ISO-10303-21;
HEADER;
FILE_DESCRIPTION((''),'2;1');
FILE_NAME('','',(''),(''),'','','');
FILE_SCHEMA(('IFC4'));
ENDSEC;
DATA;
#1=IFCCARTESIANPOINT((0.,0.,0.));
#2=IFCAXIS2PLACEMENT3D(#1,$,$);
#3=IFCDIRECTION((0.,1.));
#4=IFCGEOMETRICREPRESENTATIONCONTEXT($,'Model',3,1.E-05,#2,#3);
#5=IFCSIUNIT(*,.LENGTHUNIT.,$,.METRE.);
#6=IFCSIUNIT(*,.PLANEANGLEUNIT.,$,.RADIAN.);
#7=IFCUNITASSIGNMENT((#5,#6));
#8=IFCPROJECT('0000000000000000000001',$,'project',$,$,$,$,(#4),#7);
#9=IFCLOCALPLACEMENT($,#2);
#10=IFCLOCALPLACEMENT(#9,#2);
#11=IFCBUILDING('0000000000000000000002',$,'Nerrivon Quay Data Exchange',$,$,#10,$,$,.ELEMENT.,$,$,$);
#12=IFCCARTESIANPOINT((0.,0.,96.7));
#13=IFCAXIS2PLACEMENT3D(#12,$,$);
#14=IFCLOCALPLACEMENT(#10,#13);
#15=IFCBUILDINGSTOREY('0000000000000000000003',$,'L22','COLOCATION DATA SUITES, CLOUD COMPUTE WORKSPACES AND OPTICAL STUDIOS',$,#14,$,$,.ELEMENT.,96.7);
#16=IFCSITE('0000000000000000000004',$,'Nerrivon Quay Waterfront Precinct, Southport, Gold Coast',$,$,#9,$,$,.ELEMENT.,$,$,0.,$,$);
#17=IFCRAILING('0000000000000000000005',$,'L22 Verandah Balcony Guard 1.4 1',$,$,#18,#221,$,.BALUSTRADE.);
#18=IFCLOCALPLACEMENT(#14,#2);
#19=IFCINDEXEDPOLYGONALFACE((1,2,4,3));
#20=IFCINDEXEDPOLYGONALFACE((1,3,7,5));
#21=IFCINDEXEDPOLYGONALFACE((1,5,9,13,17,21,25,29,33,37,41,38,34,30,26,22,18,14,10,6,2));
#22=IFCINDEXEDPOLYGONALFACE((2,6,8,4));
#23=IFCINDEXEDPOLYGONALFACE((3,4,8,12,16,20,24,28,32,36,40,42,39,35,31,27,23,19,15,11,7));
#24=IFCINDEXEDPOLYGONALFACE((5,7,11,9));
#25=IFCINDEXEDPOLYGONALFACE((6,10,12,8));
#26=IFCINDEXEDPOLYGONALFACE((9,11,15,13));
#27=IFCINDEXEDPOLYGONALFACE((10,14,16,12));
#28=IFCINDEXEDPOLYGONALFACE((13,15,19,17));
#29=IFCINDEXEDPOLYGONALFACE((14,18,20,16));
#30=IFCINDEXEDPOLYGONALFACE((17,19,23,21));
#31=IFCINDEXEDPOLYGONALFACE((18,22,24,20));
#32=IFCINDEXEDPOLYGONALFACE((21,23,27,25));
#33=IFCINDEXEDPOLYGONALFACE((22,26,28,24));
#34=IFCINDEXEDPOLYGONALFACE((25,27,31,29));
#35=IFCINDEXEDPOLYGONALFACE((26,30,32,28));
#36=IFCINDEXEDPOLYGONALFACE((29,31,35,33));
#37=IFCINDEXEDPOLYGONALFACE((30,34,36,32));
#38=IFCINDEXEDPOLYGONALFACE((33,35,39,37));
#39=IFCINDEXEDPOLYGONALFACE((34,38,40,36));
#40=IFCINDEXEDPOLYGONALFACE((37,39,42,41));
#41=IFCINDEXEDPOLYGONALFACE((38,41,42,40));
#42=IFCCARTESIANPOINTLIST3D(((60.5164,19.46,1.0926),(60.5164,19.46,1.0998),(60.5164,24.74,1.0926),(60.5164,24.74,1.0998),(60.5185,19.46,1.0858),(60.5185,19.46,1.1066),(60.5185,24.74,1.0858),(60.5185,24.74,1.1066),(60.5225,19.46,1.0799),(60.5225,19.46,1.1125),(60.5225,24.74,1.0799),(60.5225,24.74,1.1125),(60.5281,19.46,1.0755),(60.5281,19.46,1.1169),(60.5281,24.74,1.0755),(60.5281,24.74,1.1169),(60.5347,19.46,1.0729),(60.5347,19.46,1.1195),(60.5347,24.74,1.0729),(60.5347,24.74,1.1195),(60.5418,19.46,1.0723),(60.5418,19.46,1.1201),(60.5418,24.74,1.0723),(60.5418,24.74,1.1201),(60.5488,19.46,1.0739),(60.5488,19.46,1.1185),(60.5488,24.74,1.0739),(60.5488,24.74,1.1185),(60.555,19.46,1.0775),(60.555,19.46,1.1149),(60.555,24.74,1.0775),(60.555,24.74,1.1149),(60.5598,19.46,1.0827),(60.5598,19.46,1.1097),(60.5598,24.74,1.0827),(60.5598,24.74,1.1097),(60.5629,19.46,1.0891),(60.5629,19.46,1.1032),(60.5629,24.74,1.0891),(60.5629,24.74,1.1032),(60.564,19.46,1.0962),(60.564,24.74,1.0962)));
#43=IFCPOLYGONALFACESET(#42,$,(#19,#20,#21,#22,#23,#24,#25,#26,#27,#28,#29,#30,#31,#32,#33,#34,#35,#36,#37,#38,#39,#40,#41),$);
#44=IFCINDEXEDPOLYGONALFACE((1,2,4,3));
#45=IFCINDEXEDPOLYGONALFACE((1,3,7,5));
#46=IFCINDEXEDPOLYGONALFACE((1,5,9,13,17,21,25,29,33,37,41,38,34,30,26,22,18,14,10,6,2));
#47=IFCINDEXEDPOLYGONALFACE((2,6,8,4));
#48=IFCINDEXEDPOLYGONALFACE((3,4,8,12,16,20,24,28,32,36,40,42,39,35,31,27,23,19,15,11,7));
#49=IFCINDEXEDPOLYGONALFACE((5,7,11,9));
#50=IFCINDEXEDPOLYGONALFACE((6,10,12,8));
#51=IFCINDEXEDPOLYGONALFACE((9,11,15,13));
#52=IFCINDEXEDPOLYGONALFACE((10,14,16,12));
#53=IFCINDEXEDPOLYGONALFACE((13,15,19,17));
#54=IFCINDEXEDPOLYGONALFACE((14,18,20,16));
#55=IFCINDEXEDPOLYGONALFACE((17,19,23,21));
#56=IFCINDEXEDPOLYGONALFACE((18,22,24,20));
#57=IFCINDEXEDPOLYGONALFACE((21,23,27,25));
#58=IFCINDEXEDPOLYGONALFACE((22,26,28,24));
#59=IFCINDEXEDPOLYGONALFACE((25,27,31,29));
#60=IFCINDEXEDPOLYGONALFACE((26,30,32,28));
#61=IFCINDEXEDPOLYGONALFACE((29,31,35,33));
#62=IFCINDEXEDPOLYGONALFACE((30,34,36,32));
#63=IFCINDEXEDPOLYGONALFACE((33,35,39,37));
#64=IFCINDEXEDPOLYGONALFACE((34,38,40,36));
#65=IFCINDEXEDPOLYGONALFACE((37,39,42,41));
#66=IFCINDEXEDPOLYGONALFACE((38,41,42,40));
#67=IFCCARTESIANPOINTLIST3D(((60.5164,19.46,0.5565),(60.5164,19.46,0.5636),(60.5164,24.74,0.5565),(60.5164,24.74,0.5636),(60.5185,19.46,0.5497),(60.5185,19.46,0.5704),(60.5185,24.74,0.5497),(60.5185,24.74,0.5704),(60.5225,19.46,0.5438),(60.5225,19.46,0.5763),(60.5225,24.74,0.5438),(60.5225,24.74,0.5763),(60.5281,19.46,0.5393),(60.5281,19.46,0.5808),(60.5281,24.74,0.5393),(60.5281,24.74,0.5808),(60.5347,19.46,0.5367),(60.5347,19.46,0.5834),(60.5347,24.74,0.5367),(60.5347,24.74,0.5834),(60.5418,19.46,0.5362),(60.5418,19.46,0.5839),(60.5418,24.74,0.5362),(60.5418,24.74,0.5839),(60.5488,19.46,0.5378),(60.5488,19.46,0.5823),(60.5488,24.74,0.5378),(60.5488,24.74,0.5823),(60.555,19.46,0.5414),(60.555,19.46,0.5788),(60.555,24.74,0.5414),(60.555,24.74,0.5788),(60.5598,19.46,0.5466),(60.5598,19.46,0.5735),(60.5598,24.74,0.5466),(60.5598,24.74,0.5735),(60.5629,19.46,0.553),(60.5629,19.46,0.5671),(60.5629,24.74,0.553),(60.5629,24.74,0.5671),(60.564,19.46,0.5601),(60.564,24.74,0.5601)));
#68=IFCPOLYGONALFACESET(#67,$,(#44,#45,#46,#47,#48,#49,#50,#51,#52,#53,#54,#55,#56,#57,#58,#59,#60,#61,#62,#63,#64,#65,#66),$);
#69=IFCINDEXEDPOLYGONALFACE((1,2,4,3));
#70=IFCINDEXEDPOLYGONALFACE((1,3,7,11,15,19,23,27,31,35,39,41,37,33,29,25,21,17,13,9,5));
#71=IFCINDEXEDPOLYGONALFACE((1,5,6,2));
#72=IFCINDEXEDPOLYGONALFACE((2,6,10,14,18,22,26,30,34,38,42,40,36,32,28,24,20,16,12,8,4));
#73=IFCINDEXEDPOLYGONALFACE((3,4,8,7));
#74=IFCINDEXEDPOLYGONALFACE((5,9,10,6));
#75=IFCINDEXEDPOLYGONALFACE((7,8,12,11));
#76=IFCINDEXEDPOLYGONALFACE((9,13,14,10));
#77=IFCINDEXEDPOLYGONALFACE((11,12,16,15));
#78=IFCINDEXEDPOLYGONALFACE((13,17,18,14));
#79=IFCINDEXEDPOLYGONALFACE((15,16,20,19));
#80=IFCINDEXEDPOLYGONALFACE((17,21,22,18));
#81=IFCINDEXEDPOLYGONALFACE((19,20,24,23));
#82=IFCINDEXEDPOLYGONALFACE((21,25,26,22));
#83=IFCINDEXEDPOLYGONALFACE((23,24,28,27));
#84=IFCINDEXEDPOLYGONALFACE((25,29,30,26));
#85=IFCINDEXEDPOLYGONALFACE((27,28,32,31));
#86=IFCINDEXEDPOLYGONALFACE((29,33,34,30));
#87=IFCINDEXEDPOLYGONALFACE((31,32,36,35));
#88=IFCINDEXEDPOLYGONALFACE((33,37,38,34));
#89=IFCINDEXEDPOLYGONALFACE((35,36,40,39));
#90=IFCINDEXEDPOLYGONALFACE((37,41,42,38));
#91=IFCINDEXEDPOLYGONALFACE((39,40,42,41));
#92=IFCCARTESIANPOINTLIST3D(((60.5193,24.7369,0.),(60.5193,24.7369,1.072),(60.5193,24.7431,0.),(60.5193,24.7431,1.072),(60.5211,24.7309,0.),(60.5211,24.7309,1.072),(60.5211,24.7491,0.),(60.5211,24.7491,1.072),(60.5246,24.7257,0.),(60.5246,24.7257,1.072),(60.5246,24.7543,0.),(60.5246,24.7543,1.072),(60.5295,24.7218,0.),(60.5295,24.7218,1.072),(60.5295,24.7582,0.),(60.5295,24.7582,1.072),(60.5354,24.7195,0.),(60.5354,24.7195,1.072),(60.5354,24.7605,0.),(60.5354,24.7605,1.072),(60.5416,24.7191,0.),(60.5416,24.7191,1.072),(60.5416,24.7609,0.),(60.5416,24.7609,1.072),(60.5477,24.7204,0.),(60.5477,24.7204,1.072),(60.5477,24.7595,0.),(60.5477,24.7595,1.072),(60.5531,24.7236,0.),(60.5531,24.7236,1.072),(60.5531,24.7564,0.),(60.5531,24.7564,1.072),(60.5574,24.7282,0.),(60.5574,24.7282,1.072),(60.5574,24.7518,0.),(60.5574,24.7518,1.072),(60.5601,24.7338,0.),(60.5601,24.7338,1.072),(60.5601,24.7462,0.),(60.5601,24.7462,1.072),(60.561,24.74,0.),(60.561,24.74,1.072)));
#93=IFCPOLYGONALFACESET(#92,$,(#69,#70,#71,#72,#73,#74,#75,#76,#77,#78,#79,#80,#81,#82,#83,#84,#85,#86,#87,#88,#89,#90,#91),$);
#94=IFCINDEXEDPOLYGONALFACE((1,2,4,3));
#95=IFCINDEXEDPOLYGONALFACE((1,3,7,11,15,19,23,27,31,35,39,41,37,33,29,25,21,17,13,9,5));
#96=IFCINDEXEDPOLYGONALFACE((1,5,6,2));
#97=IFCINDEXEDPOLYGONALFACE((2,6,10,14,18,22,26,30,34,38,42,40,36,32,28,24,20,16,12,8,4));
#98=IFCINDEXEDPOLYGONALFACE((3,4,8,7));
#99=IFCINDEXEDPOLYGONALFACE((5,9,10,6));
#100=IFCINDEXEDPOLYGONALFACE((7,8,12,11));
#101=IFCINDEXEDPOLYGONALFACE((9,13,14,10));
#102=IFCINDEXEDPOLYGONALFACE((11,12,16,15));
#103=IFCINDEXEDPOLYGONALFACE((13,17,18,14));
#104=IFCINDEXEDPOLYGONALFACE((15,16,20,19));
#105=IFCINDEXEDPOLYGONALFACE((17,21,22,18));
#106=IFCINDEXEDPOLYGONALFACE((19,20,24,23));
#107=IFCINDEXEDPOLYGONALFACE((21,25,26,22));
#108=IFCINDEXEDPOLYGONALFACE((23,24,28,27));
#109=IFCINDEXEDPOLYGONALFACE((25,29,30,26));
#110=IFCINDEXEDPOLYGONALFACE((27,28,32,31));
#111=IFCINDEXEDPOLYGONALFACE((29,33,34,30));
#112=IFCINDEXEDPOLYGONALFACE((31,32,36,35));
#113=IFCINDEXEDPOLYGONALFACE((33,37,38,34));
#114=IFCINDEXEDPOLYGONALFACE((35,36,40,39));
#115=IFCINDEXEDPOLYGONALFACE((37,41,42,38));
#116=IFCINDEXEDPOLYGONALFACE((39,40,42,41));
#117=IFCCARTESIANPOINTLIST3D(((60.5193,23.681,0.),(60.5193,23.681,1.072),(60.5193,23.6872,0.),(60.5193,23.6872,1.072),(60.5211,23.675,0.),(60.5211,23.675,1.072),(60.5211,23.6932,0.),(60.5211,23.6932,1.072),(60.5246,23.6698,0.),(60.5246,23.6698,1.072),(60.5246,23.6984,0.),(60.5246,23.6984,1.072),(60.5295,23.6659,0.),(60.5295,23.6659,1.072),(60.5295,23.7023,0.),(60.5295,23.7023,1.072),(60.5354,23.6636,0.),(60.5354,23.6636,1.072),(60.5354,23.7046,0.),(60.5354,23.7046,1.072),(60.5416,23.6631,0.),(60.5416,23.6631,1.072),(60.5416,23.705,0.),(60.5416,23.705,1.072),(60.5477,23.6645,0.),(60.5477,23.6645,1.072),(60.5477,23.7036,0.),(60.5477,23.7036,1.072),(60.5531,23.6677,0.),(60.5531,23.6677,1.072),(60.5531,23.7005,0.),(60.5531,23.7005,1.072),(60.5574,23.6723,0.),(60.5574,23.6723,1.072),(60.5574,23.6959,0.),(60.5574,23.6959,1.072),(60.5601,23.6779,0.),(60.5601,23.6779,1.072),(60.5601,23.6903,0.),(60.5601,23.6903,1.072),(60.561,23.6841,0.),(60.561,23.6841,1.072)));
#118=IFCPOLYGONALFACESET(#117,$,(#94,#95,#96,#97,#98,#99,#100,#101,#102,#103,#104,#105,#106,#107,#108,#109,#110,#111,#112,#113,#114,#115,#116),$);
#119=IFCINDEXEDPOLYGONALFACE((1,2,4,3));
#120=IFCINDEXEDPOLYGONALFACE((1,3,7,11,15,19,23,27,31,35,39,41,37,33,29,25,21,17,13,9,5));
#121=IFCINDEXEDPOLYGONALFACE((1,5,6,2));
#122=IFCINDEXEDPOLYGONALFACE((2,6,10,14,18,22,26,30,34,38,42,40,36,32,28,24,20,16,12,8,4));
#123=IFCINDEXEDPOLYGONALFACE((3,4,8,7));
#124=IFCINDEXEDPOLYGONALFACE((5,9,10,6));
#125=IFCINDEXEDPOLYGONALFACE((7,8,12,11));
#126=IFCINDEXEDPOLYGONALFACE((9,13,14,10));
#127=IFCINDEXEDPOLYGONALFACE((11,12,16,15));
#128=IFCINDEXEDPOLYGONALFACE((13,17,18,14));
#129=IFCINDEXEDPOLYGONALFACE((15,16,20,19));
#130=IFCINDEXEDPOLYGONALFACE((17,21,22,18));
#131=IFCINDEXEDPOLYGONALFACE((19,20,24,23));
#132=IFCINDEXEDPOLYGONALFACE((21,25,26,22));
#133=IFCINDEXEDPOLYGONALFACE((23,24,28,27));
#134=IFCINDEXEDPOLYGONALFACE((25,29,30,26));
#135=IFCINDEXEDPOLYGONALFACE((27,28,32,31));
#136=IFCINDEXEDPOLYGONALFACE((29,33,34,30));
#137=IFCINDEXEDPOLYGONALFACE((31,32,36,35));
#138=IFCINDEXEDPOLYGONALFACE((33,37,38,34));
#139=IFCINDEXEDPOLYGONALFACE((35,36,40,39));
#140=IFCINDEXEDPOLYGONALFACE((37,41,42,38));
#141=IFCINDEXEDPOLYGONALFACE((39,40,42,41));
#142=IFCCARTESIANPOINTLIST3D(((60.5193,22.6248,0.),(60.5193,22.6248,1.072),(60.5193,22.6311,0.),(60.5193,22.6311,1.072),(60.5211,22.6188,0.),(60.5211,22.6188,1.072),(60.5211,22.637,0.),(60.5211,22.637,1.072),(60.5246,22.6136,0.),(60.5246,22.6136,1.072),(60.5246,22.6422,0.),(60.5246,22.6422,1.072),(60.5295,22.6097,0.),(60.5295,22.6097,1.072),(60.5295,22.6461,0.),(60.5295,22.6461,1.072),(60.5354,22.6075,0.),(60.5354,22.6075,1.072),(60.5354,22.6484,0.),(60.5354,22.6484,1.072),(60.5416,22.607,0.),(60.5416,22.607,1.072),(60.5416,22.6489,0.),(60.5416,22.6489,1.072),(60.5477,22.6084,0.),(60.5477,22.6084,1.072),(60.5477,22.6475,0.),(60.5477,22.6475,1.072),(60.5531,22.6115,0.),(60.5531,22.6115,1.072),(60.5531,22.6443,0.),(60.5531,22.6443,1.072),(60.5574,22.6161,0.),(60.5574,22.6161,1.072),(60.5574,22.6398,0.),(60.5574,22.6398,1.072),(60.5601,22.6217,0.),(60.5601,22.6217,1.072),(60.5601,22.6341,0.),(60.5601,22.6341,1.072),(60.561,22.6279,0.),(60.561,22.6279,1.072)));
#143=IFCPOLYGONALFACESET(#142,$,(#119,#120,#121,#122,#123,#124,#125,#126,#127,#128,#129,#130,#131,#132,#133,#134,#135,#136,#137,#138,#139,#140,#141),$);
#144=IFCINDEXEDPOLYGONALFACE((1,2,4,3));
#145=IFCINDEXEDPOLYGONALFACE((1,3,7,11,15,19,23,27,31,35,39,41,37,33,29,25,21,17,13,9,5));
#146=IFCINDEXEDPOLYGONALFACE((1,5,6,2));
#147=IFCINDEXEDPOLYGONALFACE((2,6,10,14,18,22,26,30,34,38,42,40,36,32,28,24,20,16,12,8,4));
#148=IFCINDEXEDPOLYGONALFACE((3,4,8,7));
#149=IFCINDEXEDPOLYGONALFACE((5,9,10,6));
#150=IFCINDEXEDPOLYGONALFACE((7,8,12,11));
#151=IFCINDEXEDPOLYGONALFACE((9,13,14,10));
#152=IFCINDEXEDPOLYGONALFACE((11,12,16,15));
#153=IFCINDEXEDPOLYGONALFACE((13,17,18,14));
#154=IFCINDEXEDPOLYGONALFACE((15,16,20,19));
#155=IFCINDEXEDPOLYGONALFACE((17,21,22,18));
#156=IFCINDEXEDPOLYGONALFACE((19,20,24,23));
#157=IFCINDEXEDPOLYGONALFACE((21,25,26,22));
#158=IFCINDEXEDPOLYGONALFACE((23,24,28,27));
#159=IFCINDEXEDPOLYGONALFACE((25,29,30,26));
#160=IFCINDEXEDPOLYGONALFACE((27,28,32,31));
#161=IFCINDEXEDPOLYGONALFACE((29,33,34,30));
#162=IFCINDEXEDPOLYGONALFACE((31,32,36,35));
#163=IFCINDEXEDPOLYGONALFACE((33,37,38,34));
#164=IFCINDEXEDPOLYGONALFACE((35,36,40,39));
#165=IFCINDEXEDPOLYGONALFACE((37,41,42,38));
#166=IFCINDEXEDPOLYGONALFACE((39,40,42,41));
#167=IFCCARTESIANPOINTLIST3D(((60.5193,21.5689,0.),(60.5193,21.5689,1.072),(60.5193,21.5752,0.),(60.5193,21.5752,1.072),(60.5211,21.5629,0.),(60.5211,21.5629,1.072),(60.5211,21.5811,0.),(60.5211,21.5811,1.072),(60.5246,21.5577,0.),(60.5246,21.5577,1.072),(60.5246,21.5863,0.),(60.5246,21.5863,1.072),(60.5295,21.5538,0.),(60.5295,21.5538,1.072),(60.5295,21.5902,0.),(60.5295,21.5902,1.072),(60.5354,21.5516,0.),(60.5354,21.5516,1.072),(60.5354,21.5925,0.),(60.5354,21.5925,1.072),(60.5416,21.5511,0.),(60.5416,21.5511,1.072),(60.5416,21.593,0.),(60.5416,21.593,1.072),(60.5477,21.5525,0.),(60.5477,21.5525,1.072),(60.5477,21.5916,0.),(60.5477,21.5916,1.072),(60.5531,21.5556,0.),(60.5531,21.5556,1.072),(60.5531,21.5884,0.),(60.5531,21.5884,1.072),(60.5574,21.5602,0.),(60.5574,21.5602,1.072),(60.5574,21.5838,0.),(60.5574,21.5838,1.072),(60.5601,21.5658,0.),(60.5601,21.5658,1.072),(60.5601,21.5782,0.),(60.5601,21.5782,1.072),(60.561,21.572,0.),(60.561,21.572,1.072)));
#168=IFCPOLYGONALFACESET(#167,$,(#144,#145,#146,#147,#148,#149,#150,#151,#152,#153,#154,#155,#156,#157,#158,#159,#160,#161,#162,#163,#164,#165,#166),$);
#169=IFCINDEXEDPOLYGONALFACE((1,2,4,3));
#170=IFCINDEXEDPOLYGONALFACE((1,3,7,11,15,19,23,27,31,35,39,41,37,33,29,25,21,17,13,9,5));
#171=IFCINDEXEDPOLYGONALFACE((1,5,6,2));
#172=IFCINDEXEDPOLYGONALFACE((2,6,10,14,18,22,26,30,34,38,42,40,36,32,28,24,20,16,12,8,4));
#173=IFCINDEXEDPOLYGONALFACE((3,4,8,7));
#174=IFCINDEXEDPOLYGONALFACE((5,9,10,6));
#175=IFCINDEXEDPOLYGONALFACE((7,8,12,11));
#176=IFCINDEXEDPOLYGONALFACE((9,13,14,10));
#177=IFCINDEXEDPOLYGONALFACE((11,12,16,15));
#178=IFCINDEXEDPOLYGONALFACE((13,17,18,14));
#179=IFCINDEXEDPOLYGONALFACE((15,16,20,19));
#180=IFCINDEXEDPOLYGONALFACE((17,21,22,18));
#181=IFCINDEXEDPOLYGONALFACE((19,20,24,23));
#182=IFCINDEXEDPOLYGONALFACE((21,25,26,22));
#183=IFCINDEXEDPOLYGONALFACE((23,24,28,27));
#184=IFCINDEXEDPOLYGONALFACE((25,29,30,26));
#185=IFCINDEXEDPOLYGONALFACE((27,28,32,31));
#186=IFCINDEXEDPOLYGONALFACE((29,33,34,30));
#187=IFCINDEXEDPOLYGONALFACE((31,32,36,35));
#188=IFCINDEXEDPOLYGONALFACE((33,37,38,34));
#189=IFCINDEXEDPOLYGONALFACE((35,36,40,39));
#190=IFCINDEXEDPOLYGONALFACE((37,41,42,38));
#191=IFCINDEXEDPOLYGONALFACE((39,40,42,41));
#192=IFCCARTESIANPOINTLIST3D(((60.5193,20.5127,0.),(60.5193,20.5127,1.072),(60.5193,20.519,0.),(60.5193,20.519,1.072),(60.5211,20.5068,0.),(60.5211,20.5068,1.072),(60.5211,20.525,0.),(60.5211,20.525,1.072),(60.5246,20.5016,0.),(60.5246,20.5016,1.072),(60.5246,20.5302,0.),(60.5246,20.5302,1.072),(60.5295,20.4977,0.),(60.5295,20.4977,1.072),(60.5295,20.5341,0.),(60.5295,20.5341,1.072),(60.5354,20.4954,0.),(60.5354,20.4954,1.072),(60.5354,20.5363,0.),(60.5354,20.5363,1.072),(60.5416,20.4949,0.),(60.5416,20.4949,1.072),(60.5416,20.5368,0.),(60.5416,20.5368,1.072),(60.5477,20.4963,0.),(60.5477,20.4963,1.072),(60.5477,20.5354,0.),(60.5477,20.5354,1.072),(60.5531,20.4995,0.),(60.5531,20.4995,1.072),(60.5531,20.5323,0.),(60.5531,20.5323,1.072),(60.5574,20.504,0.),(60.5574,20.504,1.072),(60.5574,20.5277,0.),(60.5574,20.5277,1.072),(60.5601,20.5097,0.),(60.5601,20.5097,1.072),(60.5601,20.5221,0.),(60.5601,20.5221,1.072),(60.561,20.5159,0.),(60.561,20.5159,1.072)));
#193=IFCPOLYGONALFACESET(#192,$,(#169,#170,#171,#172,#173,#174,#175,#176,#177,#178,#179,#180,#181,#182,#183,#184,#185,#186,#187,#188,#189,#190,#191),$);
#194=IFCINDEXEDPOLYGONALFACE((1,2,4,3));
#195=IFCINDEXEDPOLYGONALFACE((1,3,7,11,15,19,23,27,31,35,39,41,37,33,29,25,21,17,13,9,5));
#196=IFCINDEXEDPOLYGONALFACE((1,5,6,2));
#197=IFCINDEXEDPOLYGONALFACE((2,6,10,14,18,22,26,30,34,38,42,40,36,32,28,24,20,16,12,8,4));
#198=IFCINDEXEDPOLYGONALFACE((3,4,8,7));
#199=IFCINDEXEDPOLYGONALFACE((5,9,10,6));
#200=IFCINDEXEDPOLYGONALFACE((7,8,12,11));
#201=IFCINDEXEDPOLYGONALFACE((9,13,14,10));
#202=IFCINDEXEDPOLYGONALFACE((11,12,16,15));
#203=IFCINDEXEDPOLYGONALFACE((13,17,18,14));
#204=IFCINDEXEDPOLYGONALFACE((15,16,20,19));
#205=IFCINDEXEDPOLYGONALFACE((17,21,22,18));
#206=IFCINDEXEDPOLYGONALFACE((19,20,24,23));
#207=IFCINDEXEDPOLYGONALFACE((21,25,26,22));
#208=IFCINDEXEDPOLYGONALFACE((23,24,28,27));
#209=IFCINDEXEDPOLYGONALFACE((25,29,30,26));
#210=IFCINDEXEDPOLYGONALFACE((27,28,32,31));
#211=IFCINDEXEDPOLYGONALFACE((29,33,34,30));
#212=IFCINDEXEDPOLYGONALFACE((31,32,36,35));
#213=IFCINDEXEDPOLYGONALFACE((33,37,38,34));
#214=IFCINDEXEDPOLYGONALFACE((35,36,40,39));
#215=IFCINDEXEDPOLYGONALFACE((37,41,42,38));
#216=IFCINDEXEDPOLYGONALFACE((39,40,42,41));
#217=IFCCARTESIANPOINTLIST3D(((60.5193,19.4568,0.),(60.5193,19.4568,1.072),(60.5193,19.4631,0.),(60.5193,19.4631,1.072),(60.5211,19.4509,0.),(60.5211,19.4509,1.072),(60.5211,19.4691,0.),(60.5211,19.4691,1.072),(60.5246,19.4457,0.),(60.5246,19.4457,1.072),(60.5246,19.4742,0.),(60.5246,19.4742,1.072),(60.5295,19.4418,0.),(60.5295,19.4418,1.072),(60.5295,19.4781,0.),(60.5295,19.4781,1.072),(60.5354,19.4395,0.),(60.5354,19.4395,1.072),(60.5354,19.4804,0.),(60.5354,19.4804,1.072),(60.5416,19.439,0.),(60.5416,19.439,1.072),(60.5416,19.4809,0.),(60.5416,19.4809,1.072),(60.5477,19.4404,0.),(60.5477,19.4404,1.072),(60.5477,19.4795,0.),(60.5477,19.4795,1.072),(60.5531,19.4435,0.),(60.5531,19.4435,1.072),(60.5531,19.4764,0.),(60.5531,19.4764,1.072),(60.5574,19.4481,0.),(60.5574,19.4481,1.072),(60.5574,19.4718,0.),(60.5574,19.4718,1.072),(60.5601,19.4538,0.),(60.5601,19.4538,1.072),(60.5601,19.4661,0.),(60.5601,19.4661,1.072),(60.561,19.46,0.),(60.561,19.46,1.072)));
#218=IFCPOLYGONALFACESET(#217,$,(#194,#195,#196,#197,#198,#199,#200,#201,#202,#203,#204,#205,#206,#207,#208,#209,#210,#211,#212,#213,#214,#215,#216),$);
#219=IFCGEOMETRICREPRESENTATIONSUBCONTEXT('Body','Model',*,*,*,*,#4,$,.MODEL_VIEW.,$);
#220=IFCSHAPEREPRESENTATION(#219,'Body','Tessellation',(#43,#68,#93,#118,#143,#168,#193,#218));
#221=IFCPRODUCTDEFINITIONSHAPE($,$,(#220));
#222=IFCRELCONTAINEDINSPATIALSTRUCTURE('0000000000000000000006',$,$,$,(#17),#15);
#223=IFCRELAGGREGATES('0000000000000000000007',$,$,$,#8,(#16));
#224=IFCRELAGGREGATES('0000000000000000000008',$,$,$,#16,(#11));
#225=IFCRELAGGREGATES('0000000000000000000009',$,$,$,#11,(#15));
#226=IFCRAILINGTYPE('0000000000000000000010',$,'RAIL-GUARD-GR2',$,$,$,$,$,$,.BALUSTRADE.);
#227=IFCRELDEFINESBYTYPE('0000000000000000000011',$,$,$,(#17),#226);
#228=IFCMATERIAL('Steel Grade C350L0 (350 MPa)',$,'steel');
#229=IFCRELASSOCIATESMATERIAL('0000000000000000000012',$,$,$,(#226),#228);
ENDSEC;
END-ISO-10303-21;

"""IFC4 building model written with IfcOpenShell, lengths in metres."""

from ifc_helpers import new_model, si_unit, direction, frame, origin, origin_2d, place, context, subcontext, project, spatial, circle, extrude, material, type_object, element, save


model = new_model("IFC4")

# Units and contexts
model_context = context("Model", 3, precision=1e-05, world=origin(), true_north=direction((0.0, 1.0)))
body_context = subcontext(model_context, "Body", "Model", "MODEL_VIEW")
ifc_project = project(units=[si_unit("LENGTHUNIT", "METRE"), si_unit("PLANEANGLEUNIT", "RADIAN")], contexts=[model_context])

# Site, building, storey
site_placement = place(None, origin())
site = spatial("IfcSite", under=ifc_project, at=site_placement, Name="Nerrivon Quay Waterfront Precinct, Southport, Gold Coast", CompositionType="ELEMENT", RefElevation=0.0)
building_placement = place(site_placement, origin())
building = spatial("IfcBuilding", under=site, at=building_placement, Name="Nerrivon Quay Data Exchange", CompositionType="ELEMENT")
storey_placement = place(building_placement, frame((0.0, 0.0, 96.7)))
storey = spatial("IfcBuildingStorey", under=building, at=storey_placement, Name="L22", Description="COLOCATION DATA SUITES, CLOUD COMPUTE WORKSPACES AND OPTICAL STUDIOS", CompositionType="ELEMENT", Elevation=96.7)

# Railing
ifc_material_1 = material(Name="Steel Grade C350L0 (350 MPa)", Category="steel")
railing_type = type_object("IfcRailingType", Name="RAIL-GUARD-GR2", PredefinedType="BALUSTRADE", material=ifc_material_1)
railing_1_placement = place(storey_placement, frame((60.54, 24.74, 0.0)))
element("IfcRailing", 1, at=railing_1_placement, inside=storey, type_object=railing_type, Name="L22 Verandah Balcony Guard 1.4 1", PredefinedType="BALUSTRADE", context=body_context, shape_type="SweptSolid", body=[
    extrude(circle(Radius=0.0239, at=origin_2d()), frame((0.0, 0.0, 1.0962), z_axis=(0.0, -1.0, 0.0), x_axis=(1.0, 0.0, 0.0)), (0.0, 0.0, 1.0), 5.28),
    extrude(circle(Radius=0.0239, at=origin_2d()), frame((0.0, 0.0, 0.5601), z_axis=(0.0, -1.0, 0.0), x_axis=(1.0, 0.0, 0.0)), (0.0, 0.0, 1.0), 5.28),
    extrude(circle(Radius=0.021, at=origin_2d()), origin(), (0.0, 0.0, 1.0), 1.072),
    extrude(circle(Radius=0.021, at=origin_2d()), frame((0.0, -1.0559, 0.0)), (0.0, 0.0, 1.0), 1.072),
    extrude(circle(Radius=0.021, at=origin_2d()), frame((0.0, -2.1121, 0.0)), (0.0, 0.0, 1.0), 1.072),
    extrude(circle(Radius=0.021, at=origin_2d()), frame((0.0, -3.168, 0.0)), (0.0, 0.0, 1.0), 1.072),
    extrude(circle(Radius=0.021, at=origin_2d()), frame((0.0, -4.2241, 0.0)), (0.0, 0.0, 1.0), 1.072),
    extrude(circle(Radius=0.021, at=origin_2d()), frame((0.0, -5.28, 0.0)), (0.0, 0.0, 1.0), 1.072),
])

save(model, "model.ifc")
